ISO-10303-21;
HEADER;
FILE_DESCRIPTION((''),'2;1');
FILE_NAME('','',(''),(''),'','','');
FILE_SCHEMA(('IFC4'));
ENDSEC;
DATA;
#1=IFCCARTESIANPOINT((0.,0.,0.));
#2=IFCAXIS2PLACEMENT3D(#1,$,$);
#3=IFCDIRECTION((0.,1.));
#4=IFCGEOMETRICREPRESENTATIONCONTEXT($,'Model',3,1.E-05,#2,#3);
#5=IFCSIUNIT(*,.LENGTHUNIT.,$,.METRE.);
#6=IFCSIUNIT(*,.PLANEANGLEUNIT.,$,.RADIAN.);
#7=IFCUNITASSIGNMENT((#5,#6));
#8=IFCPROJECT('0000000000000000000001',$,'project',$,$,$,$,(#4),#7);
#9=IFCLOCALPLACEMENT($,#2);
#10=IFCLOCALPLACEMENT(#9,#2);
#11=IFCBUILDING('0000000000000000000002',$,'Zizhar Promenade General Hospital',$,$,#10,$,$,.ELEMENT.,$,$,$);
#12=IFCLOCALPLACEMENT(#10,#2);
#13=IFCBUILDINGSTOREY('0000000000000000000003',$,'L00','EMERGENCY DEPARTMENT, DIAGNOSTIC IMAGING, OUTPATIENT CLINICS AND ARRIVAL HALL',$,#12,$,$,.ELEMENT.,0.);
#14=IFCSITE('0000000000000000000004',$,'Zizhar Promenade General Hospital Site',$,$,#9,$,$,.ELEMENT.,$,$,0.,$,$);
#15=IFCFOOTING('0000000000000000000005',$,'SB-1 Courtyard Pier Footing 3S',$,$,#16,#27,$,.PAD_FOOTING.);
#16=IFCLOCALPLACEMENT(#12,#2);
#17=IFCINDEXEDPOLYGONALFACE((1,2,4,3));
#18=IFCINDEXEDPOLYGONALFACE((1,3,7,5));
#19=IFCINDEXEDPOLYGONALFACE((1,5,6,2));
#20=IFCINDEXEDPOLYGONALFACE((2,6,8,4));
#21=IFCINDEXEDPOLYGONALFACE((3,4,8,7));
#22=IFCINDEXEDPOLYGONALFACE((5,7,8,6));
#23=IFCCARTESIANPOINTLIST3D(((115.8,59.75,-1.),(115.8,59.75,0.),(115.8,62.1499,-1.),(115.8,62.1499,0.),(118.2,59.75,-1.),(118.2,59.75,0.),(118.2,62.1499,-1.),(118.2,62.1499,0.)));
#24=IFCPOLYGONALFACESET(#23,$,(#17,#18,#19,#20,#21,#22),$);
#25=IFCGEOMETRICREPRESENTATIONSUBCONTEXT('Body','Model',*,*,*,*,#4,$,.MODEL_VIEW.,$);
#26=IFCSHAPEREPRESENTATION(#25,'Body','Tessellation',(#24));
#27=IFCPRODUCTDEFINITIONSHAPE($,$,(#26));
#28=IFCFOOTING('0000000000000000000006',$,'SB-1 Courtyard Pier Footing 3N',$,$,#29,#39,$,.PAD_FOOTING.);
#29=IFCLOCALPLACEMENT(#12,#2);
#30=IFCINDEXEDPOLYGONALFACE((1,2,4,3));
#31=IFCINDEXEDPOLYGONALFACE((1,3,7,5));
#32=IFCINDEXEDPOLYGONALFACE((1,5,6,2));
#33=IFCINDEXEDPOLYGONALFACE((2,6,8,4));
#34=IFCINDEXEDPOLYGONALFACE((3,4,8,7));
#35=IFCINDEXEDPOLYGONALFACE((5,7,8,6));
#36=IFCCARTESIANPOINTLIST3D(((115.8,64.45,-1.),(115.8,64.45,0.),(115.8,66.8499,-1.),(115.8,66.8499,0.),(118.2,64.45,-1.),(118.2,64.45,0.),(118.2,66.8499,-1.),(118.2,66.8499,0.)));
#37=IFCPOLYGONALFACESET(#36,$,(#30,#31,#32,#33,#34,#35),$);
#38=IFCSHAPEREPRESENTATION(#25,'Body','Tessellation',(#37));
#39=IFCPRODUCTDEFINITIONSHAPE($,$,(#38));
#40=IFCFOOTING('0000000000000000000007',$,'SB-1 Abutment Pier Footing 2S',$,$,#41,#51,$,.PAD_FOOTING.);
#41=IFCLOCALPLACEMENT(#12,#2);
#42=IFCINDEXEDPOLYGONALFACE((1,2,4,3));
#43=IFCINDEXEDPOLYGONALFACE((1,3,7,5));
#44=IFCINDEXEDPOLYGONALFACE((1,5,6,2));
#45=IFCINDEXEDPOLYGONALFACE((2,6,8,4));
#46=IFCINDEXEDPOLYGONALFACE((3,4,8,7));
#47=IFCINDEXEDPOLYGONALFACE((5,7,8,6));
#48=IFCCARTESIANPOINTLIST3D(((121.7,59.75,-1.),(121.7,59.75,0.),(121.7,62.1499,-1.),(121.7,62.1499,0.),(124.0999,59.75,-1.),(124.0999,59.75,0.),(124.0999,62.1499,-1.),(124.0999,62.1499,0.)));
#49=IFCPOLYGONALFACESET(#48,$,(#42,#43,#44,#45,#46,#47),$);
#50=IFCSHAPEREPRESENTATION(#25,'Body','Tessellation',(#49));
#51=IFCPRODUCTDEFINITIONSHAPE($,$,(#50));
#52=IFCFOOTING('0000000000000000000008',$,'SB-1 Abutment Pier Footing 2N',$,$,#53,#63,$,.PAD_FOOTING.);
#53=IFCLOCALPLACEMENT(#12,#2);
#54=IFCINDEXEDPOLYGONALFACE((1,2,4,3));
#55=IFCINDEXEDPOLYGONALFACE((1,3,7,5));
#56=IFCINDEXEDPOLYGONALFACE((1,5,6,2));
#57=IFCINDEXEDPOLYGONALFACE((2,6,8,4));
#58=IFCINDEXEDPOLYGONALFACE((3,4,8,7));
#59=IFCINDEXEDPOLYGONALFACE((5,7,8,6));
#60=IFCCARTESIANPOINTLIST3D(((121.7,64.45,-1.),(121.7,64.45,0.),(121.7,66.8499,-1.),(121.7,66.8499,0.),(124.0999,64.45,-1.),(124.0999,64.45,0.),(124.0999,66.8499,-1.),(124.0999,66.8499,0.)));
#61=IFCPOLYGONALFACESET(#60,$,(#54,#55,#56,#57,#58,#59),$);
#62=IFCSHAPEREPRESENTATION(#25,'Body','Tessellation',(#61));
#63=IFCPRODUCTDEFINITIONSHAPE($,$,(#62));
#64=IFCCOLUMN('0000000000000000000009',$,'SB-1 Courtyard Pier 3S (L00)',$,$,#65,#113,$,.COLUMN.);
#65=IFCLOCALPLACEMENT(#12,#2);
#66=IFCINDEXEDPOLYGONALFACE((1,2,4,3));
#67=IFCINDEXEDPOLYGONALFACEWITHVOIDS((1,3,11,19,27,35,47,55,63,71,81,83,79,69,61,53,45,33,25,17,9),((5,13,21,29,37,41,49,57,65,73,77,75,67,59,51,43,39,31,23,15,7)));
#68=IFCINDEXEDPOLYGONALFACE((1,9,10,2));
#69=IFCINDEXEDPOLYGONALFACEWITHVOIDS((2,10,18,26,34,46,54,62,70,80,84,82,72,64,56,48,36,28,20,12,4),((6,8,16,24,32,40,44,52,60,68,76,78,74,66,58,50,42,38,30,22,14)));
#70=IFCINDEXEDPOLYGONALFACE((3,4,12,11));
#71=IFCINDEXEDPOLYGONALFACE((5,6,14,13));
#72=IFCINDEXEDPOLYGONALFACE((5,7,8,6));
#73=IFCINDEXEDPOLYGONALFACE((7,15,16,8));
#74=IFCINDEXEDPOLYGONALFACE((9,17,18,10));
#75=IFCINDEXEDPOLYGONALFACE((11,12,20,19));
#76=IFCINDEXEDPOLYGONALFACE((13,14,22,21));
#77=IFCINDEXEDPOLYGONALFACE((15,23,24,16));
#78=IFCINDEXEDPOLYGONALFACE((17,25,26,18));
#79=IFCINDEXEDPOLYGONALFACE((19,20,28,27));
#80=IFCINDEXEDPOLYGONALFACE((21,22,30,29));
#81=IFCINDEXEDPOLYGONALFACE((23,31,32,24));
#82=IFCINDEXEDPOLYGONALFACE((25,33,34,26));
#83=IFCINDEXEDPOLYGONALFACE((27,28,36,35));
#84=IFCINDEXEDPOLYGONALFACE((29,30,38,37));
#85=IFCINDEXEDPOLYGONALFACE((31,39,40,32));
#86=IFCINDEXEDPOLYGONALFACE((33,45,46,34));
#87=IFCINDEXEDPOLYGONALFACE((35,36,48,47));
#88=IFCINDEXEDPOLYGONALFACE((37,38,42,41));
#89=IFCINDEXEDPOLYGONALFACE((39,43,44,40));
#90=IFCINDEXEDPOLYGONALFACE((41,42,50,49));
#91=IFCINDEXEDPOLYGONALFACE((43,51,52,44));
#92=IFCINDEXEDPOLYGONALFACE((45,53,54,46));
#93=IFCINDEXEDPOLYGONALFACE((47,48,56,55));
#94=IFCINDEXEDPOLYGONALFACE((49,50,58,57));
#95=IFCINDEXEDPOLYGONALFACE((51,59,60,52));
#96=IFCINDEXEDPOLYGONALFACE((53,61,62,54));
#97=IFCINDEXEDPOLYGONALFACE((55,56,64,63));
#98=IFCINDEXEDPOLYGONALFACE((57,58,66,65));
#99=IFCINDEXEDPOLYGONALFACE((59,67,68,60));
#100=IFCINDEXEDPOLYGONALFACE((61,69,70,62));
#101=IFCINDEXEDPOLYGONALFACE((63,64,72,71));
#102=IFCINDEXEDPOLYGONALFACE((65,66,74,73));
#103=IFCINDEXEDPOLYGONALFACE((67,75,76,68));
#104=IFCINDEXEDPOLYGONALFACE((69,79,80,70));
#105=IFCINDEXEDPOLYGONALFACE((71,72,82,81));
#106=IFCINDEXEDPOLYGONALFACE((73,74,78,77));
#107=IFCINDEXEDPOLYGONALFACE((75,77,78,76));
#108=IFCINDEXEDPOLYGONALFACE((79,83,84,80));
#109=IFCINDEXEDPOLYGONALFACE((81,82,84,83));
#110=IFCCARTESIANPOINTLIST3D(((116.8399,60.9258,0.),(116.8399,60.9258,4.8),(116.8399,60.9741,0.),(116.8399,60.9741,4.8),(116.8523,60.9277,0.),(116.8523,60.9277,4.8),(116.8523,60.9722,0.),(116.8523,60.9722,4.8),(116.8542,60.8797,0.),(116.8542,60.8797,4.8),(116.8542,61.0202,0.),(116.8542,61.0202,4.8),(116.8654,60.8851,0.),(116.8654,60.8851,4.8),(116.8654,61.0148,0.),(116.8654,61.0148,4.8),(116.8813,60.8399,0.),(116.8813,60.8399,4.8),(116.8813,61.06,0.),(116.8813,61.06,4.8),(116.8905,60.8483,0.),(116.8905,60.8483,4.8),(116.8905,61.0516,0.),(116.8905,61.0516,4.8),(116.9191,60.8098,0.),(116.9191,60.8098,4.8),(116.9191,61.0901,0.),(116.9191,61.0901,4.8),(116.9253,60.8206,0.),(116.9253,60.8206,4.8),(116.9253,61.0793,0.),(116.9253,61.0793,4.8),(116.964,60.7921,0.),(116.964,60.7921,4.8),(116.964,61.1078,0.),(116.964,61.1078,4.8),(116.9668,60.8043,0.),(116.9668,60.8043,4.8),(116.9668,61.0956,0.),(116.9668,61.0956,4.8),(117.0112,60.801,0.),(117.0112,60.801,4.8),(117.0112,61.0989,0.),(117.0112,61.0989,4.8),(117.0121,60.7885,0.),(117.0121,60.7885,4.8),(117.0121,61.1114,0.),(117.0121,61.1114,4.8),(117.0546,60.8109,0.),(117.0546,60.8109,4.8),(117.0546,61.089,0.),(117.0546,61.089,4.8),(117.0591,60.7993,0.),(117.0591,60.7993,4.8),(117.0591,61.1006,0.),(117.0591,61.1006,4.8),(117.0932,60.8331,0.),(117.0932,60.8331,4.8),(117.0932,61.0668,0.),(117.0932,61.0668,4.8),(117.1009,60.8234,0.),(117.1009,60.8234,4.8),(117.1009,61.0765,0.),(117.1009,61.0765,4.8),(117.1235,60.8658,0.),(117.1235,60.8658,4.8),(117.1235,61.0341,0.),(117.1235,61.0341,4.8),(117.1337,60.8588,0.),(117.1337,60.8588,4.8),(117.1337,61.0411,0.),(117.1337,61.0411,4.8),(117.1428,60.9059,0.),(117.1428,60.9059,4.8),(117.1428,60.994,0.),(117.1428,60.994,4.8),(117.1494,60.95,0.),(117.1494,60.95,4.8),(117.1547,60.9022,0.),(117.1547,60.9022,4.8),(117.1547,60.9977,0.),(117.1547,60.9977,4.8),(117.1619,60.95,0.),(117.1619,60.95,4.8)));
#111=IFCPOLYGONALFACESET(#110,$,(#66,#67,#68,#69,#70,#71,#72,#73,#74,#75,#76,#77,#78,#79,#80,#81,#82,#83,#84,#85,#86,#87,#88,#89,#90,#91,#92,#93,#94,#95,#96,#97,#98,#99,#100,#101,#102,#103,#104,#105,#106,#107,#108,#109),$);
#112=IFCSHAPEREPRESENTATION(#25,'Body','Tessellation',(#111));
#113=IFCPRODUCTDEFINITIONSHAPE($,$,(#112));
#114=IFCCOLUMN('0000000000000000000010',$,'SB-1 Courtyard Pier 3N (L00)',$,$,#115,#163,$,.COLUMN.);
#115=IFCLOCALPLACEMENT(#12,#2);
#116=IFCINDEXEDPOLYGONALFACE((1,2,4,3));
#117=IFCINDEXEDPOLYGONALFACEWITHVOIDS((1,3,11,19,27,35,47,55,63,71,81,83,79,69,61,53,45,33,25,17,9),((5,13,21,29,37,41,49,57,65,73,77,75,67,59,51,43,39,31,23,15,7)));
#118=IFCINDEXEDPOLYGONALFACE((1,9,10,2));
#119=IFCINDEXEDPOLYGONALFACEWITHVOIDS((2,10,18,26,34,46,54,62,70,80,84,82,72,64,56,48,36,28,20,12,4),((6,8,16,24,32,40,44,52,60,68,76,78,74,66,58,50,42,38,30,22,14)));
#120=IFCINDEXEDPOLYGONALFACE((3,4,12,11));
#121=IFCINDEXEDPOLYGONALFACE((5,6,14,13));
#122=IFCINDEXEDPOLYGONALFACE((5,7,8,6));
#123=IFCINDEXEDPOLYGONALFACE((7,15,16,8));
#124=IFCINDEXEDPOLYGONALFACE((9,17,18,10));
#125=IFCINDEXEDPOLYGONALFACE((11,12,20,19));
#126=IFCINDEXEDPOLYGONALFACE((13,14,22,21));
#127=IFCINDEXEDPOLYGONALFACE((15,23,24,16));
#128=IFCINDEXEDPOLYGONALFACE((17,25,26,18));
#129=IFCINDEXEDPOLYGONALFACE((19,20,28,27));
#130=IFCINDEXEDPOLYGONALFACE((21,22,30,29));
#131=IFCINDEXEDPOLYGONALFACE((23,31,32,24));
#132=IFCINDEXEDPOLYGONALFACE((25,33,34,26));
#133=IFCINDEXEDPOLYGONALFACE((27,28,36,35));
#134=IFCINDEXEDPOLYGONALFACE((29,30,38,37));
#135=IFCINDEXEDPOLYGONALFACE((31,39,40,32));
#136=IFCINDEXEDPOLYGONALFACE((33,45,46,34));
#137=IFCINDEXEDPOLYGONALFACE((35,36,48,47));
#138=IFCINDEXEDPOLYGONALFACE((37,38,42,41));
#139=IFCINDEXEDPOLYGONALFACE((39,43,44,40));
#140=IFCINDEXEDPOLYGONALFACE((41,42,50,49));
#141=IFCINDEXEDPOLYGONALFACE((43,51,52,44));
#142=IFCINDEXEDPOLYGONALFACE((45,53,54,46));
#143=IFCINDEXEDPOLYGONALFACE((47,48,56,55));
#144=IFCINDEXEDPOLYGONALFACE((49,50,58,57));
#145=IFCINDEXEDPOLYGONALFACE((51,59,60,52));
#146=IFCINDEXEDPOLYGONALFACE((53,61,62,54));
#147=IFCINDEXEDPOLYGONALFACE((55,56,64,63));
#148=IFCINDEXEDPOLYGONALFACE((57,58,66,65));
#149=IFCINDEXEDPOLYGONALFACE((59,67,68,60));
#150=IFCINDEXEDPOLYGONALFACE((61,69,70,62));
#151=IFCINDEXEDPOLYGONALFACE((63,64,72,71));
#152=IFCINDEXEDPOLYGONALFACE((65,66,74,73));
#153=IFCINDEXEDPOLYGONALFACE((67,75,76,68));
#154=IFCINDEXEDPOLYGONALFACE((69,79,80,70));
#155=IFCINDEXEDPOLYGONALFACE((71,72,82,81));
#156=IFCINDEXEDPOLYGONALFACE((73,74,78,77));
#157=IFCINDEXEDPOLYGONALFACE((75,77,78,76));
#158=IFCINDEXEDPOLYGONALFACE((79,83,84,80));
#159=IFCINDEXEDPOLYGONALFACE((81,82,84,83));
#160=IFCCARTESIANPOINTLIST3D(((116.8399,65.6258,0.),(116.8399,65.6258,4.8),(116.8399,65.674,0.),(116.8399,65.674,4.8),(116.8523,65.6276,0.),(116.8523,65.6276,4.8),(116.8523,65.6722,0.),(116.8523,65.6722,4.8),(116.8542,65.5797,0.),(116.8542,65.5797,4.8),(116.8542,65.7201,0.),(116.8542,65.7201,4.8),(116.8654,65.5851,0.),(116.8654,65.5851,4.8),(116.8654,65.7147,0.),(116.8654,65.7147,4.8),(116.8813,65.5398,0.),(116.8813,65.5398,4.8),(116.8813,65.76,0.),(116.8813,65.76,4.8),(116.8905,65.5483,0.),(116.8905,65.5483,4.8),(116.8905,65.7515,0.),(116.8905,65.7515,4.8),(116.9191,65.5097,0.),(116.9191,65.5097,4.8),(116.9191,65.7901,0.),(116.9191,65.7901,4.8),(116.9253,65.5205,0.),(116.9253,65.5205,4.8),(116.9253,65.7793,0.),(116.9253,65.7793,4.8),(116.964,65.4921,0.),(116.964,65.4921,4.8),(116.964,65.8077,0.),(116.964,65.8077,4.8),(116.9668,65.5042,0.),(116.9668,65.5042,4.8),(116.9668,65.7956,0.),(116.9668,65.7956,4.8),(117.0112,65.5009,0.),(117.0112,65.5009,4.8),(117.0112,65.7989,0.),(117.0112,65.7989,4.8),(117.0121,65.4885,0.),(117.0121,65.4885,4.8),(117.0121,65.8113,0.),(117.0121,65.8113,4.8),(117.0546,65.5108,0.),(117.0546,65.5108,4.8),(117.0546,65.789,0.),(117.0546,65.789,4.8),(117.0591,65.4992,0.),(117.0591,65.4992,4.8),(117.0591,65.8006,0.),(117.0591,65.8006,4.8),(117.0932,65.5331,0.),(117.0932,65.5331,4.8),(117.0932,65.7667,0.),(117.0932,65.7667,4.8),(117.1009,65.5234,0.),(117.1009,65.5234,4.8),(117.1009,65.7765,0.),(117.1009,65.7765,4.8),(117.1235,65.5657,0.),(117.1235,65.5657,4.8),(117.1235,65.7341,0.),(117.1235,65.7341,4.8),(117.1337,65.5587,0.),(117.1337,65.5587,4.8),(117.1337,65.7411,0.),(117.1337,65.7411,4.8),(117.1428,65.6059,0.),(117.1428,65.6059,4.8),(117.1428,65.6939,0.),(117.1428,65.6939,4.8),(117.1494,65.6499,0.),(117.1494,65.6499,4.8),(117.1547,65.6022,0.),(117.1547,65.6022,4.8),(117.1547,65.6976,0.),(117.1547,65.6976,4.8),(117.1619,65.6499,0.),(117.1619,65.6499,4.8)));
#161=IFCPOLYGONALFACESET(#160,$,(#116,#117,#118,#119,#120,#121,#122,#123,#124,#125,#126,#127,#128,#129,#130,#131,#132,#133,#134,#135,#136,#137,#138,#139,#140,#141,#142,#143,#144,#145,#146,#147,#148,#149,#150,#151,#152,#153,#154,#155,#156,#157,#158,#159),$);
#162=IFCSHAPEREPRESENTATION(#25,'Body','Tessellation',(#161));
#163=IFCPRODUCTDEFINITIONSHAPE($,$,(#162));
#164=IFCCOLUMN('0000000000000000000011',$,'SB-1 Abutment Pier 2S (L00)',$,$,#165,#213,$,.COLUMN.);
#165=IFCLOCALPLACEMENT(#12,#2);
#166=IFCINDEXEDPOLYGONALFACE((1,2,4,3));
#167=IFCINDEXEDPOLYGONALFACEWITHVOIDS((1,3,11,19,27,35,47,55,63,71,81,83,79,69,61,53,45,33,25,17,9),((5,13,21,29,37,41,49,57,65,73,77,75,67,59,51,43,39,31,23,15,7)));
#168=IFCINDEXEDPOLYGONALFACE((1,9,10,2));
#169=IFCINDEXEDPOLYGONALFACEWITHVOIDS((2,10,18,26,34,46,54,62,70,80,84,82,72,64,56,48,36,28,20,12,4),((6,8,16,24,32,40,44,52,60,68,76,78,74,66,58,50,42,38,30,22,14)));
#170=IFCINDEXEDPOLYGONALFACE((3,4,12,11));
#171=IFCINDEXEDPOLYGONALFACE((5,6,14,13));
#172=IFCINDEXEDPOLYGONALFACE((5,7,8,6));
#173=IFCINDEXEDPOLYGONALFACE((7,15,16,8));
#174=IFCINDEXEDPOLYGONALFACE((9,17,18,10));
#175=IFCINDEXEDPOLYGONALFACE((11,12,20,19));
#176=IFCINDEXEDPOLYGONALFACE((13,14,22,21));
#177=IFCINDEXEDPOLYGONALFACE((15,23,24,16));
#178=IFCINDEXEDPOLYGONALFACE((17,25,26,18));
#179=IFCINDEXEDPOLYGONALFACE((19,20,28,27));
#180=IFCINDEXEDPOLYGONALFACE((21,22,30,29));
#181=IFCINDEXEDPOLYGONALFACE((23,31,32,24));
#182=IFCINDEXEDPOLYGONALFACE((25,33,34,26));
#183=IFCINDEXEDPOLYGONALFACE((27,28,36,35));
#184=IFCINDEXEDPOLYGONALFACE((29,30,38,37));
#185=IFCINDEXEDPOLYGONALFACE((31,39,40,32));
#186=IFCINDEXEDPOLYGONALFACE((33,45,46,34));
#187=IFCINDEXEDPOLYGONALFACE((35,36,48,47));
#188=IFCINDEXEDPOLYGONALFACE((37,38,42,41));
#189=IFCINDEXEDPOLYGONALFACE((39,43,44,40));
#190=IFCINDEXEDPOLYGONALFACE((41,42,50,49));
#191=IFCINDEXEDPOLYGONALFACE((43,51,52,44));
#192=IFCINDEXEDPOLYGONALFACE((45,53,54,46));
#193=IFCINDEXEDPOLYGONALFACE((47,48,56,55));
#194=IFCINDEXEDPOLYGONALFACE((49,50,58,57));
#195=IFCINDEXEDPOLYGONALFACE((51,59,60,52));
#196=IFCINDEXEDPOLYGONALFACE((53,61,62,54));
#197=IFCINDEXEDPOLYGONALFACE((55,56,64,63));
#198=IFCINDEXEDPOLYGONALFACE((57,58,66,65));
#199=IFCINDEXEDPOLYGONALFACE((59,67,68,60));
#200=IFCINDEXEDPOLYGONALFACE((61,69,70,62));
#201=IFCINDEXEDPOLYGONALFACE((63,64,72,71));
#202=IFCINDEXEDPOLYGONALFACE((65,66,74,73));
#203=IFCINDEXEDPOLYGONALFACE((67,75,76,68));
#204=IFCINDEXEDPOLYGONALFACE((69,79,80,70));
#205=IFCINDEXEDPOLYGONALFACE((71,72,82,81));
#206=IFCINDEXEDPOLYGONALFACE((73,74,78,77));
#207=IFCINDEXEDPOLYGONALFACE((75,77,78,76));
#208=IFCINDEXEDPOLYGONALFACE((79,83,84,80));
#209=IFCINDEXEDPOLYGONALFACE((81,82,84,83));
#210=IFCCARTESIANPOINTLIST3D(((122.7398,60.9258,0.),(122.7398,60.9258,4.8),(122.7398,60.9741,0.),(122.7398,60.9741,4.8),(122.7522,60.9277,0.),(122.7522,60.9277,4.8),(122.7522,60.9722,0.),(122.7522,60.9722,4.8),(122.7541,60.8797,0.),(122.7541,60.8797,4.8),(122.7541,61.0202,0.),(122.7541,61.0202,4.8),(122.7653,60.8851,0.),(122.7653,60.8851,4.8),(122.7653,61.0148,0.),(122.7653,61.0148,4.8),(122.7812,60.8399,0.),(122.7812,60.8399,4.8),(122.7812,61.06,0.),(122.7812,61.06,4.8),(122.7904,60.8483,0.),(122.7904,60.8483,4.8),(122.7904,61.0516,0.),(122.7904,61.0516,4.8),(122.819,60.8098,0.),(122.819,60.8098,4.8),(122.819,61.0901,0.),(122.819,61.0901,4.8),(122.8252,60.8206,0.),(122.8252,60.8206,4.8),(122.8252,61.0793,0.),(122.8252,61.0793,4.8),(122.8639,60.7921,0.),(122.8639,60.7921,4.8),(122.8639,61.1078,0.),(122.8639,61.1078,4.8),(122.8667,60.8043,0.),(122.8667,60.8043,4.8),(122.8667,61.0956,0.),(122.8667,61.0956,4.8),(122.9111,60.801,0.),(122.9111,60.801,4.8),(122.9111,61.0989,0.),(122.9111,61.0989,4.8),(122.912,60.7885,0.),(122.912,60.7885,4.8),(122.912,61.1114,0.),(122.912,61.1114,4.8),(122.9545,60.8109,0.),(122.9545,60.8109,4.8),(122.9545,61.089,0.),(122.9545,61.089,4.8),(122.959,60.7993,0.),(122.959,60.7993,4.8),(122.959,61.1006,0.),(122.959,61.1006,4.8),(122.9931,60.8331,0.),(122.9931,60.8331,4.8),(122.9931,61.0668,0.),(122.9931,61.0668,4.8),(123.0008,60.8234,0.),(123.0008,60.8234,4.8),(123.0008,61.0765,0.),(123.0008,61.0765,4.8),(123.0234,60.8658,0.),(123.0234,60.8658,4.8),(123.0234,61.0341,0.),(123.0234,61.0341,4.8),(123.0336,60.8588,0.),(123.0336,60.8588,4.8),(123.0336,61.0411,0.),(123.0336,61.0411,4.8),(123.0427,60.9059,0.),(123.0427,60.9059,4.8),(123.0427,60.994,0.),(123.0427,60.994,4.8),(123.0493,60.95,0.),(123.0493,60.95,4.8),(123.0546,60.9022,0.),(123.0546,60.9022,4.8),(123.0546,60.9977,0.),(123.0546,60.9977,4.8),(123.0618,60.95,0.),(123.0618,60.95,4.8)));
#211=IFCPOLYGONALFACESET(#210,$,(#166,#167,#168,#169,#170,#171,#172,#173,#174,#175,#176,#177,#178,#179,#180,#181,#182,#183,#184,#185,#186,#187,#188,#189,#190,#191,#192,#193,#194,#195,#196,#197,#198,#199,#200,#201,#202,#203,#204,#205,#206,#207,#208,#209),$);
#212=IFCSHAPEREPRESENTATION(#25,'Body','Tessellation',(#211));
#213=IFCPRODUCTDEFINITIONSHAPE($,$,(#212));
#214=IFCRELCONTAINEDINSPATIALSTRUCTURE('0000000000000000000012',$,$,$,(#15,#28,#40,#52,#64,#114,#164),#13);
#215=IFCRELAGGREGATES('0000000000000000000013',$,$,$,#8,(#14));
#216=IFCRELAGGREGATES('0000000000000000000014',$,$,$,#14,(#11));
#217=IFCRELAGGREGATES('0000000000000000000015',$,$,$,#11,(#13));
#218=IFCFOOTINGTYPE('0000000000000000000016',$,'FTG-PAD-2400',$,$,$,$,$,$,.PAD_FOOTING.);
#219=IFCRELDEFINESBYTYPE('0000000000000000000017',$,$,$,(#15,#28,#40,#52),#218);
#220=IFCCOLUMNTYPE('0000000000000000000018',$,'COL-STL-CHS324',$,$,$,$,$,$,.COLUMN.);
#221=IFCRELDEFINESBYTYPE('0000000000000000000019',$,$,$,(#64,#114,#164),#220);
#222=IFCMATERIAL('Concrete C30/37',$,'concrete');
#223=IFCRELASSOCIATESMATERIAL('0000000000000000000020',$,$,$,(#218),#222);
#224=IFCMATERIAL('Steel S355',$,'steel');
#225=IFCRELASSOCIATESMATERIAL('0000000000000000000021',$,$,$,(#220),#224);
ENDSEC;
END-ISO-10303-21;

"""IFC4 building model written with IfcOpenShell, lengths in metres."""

from ifc_helpers import new_model, si_unit, direction, frame, origin, origin_2d, place, context, subcontext, project, spatial, rectangle, hollow_circle, extrude, material, material_profile, profile_set, type_object, element, save


model = new_model("IFC4")

# Units and contexts
model_context = context("Model", 3, precision=1e-05, world=origin(), true_north=direction((0.0, 1.0)))
body_context = subcontext(model_context, "Body", "Model", "MODEL_VIEW")
ifc_project = project(units=[si_unit("LENGTHUNIT", "METRE"), si_unit("PLANEANGLEUNIT", "RADIAN")], contexts=[model_context])

# Site, building, storey
site_placement = place(None, origin())
site = spatial("IfcSite", under=ifc_project, at=site_placement, Name="Zizhar Promenade General Hospital Site", CompositionType="ELEMENT", RefElevation=0.0)
building_placement = place(site_placement, origin())
building = spatial("IfcBuilding", under=site, at=building_placement, Name="Zizhar Promenade General Hospital", CompositionType="ELEMENT")
storey_placement = place(building_placement, origin())
storey = spatial("IfcBuildingStorey", under=building, at=storey_placement, Name="L00", Description="EMERGENCY DEPARTMENT, DIAGNOSTIC IMAGING, OUTPATIENT CLINICS AND ARRIVAL HALL", CompositionType="ELEMENT", Elevation=0.0)

# Footings
ifc_material_1 = material(Name="Concrete C30/37", Category="concrete")
footing_type = type_object("IfcFootingType", Name="FTG-PAD-2400", PredefinedType="PAD_FOOTING", material=ifc_material_1)
for number, where, z_axis, x_axis, name in (
    (1, (117.0, 60.95, -1.0), (0.0, 0.0, 1.0), (1.0, 0.0, 0.0), "SB-1 Courtyard Pier Footing 3S"),
    (2, (117.0, 65.6499, -1.0), (0.0, 0.0, 1.0), (1.0, 0.0, 0.0), "SB-1 Courtyard Pier Footing 3N"),
    (3, (122.8999, 60.95, -1.0), (0.0, 0.0, 1.0), (1.0, 0.0, 0.0), "SB-1 Abutment Pier Footing 2S"),
    (4, (122.8999, 65.6499, -1.0), (0.0, 0.0, 1.0), (1.0, 0.0, 0.0), "SB-1 Abutment Pier Footing 2N"),
):
    element("IfcFooting", number, at=place(storey_placement, frame(where, z_axis=z_axis, x_axis=x_axis)), inside=storey, type_object=footing_type, Name=name, PredefinedType="PAD_FOOTING", context=body_context, shape_type="SweptSolid", body=[
        extrude(rectangle(XDim=2.3999, YDim=2.3999, at=origin_2d()), origin(), (0.0, 0.0, 1.0), 1.0),
    ])

# Columns
ifc_material_2 = material(Name="Steel S355", Category="steel")
ifc_material_profile_1 = material_profile(ifc_material_2, hollow_circle(Radius=0.1619, WallThickness=0.0125, at=origin_2d()))
ifc_profile_set_1 = profile_set([ifc_material_profile_1], Name="Steel S355")
column_type = type_object("IfcColumnType", Name="COL-STL-CHS324", PredefinedType="COLUMN", material=ifc_profile_set_1)
for number, where, z_axis, x_axis, name in (
    (5, (117.0, 60.95, 0.0), (0.0, 0.0, 1.0), (1.0, 0.0, 0.0), "SB-1 Courtyard Pier 3S (L00)"),
    (6, (117.0, 65.6499, 0.0), (0.0, 0.0, 1.0), (1.0, 0.0, 0.0), "SB-1 Courtyard Pier 3N (L00)"),
    (7, (122.8999, 60.95, 0.0), (0.0, 0.0, 1.0), (1.0, 0.0, 0.0), "SB-1 Abutment Pier 2S (L00)"),
):
    element("IfcColumn", number, at=place(storey_placement, frame(where, z_axis=z_axis, x_axis=x_axis)), inside=storey, type_object=column_type, Name=name, PredefinedType="COLUMN", context=body_context, shape_type="SweptSolid", body=[
        extrude(hollow_circle(Radius=0.1619, WallThickness=0.0125, at=origin_2d()), origin(), (0.0, 0.0, 1.0), 4.8),
    ])

save(model, "model.ifc")
